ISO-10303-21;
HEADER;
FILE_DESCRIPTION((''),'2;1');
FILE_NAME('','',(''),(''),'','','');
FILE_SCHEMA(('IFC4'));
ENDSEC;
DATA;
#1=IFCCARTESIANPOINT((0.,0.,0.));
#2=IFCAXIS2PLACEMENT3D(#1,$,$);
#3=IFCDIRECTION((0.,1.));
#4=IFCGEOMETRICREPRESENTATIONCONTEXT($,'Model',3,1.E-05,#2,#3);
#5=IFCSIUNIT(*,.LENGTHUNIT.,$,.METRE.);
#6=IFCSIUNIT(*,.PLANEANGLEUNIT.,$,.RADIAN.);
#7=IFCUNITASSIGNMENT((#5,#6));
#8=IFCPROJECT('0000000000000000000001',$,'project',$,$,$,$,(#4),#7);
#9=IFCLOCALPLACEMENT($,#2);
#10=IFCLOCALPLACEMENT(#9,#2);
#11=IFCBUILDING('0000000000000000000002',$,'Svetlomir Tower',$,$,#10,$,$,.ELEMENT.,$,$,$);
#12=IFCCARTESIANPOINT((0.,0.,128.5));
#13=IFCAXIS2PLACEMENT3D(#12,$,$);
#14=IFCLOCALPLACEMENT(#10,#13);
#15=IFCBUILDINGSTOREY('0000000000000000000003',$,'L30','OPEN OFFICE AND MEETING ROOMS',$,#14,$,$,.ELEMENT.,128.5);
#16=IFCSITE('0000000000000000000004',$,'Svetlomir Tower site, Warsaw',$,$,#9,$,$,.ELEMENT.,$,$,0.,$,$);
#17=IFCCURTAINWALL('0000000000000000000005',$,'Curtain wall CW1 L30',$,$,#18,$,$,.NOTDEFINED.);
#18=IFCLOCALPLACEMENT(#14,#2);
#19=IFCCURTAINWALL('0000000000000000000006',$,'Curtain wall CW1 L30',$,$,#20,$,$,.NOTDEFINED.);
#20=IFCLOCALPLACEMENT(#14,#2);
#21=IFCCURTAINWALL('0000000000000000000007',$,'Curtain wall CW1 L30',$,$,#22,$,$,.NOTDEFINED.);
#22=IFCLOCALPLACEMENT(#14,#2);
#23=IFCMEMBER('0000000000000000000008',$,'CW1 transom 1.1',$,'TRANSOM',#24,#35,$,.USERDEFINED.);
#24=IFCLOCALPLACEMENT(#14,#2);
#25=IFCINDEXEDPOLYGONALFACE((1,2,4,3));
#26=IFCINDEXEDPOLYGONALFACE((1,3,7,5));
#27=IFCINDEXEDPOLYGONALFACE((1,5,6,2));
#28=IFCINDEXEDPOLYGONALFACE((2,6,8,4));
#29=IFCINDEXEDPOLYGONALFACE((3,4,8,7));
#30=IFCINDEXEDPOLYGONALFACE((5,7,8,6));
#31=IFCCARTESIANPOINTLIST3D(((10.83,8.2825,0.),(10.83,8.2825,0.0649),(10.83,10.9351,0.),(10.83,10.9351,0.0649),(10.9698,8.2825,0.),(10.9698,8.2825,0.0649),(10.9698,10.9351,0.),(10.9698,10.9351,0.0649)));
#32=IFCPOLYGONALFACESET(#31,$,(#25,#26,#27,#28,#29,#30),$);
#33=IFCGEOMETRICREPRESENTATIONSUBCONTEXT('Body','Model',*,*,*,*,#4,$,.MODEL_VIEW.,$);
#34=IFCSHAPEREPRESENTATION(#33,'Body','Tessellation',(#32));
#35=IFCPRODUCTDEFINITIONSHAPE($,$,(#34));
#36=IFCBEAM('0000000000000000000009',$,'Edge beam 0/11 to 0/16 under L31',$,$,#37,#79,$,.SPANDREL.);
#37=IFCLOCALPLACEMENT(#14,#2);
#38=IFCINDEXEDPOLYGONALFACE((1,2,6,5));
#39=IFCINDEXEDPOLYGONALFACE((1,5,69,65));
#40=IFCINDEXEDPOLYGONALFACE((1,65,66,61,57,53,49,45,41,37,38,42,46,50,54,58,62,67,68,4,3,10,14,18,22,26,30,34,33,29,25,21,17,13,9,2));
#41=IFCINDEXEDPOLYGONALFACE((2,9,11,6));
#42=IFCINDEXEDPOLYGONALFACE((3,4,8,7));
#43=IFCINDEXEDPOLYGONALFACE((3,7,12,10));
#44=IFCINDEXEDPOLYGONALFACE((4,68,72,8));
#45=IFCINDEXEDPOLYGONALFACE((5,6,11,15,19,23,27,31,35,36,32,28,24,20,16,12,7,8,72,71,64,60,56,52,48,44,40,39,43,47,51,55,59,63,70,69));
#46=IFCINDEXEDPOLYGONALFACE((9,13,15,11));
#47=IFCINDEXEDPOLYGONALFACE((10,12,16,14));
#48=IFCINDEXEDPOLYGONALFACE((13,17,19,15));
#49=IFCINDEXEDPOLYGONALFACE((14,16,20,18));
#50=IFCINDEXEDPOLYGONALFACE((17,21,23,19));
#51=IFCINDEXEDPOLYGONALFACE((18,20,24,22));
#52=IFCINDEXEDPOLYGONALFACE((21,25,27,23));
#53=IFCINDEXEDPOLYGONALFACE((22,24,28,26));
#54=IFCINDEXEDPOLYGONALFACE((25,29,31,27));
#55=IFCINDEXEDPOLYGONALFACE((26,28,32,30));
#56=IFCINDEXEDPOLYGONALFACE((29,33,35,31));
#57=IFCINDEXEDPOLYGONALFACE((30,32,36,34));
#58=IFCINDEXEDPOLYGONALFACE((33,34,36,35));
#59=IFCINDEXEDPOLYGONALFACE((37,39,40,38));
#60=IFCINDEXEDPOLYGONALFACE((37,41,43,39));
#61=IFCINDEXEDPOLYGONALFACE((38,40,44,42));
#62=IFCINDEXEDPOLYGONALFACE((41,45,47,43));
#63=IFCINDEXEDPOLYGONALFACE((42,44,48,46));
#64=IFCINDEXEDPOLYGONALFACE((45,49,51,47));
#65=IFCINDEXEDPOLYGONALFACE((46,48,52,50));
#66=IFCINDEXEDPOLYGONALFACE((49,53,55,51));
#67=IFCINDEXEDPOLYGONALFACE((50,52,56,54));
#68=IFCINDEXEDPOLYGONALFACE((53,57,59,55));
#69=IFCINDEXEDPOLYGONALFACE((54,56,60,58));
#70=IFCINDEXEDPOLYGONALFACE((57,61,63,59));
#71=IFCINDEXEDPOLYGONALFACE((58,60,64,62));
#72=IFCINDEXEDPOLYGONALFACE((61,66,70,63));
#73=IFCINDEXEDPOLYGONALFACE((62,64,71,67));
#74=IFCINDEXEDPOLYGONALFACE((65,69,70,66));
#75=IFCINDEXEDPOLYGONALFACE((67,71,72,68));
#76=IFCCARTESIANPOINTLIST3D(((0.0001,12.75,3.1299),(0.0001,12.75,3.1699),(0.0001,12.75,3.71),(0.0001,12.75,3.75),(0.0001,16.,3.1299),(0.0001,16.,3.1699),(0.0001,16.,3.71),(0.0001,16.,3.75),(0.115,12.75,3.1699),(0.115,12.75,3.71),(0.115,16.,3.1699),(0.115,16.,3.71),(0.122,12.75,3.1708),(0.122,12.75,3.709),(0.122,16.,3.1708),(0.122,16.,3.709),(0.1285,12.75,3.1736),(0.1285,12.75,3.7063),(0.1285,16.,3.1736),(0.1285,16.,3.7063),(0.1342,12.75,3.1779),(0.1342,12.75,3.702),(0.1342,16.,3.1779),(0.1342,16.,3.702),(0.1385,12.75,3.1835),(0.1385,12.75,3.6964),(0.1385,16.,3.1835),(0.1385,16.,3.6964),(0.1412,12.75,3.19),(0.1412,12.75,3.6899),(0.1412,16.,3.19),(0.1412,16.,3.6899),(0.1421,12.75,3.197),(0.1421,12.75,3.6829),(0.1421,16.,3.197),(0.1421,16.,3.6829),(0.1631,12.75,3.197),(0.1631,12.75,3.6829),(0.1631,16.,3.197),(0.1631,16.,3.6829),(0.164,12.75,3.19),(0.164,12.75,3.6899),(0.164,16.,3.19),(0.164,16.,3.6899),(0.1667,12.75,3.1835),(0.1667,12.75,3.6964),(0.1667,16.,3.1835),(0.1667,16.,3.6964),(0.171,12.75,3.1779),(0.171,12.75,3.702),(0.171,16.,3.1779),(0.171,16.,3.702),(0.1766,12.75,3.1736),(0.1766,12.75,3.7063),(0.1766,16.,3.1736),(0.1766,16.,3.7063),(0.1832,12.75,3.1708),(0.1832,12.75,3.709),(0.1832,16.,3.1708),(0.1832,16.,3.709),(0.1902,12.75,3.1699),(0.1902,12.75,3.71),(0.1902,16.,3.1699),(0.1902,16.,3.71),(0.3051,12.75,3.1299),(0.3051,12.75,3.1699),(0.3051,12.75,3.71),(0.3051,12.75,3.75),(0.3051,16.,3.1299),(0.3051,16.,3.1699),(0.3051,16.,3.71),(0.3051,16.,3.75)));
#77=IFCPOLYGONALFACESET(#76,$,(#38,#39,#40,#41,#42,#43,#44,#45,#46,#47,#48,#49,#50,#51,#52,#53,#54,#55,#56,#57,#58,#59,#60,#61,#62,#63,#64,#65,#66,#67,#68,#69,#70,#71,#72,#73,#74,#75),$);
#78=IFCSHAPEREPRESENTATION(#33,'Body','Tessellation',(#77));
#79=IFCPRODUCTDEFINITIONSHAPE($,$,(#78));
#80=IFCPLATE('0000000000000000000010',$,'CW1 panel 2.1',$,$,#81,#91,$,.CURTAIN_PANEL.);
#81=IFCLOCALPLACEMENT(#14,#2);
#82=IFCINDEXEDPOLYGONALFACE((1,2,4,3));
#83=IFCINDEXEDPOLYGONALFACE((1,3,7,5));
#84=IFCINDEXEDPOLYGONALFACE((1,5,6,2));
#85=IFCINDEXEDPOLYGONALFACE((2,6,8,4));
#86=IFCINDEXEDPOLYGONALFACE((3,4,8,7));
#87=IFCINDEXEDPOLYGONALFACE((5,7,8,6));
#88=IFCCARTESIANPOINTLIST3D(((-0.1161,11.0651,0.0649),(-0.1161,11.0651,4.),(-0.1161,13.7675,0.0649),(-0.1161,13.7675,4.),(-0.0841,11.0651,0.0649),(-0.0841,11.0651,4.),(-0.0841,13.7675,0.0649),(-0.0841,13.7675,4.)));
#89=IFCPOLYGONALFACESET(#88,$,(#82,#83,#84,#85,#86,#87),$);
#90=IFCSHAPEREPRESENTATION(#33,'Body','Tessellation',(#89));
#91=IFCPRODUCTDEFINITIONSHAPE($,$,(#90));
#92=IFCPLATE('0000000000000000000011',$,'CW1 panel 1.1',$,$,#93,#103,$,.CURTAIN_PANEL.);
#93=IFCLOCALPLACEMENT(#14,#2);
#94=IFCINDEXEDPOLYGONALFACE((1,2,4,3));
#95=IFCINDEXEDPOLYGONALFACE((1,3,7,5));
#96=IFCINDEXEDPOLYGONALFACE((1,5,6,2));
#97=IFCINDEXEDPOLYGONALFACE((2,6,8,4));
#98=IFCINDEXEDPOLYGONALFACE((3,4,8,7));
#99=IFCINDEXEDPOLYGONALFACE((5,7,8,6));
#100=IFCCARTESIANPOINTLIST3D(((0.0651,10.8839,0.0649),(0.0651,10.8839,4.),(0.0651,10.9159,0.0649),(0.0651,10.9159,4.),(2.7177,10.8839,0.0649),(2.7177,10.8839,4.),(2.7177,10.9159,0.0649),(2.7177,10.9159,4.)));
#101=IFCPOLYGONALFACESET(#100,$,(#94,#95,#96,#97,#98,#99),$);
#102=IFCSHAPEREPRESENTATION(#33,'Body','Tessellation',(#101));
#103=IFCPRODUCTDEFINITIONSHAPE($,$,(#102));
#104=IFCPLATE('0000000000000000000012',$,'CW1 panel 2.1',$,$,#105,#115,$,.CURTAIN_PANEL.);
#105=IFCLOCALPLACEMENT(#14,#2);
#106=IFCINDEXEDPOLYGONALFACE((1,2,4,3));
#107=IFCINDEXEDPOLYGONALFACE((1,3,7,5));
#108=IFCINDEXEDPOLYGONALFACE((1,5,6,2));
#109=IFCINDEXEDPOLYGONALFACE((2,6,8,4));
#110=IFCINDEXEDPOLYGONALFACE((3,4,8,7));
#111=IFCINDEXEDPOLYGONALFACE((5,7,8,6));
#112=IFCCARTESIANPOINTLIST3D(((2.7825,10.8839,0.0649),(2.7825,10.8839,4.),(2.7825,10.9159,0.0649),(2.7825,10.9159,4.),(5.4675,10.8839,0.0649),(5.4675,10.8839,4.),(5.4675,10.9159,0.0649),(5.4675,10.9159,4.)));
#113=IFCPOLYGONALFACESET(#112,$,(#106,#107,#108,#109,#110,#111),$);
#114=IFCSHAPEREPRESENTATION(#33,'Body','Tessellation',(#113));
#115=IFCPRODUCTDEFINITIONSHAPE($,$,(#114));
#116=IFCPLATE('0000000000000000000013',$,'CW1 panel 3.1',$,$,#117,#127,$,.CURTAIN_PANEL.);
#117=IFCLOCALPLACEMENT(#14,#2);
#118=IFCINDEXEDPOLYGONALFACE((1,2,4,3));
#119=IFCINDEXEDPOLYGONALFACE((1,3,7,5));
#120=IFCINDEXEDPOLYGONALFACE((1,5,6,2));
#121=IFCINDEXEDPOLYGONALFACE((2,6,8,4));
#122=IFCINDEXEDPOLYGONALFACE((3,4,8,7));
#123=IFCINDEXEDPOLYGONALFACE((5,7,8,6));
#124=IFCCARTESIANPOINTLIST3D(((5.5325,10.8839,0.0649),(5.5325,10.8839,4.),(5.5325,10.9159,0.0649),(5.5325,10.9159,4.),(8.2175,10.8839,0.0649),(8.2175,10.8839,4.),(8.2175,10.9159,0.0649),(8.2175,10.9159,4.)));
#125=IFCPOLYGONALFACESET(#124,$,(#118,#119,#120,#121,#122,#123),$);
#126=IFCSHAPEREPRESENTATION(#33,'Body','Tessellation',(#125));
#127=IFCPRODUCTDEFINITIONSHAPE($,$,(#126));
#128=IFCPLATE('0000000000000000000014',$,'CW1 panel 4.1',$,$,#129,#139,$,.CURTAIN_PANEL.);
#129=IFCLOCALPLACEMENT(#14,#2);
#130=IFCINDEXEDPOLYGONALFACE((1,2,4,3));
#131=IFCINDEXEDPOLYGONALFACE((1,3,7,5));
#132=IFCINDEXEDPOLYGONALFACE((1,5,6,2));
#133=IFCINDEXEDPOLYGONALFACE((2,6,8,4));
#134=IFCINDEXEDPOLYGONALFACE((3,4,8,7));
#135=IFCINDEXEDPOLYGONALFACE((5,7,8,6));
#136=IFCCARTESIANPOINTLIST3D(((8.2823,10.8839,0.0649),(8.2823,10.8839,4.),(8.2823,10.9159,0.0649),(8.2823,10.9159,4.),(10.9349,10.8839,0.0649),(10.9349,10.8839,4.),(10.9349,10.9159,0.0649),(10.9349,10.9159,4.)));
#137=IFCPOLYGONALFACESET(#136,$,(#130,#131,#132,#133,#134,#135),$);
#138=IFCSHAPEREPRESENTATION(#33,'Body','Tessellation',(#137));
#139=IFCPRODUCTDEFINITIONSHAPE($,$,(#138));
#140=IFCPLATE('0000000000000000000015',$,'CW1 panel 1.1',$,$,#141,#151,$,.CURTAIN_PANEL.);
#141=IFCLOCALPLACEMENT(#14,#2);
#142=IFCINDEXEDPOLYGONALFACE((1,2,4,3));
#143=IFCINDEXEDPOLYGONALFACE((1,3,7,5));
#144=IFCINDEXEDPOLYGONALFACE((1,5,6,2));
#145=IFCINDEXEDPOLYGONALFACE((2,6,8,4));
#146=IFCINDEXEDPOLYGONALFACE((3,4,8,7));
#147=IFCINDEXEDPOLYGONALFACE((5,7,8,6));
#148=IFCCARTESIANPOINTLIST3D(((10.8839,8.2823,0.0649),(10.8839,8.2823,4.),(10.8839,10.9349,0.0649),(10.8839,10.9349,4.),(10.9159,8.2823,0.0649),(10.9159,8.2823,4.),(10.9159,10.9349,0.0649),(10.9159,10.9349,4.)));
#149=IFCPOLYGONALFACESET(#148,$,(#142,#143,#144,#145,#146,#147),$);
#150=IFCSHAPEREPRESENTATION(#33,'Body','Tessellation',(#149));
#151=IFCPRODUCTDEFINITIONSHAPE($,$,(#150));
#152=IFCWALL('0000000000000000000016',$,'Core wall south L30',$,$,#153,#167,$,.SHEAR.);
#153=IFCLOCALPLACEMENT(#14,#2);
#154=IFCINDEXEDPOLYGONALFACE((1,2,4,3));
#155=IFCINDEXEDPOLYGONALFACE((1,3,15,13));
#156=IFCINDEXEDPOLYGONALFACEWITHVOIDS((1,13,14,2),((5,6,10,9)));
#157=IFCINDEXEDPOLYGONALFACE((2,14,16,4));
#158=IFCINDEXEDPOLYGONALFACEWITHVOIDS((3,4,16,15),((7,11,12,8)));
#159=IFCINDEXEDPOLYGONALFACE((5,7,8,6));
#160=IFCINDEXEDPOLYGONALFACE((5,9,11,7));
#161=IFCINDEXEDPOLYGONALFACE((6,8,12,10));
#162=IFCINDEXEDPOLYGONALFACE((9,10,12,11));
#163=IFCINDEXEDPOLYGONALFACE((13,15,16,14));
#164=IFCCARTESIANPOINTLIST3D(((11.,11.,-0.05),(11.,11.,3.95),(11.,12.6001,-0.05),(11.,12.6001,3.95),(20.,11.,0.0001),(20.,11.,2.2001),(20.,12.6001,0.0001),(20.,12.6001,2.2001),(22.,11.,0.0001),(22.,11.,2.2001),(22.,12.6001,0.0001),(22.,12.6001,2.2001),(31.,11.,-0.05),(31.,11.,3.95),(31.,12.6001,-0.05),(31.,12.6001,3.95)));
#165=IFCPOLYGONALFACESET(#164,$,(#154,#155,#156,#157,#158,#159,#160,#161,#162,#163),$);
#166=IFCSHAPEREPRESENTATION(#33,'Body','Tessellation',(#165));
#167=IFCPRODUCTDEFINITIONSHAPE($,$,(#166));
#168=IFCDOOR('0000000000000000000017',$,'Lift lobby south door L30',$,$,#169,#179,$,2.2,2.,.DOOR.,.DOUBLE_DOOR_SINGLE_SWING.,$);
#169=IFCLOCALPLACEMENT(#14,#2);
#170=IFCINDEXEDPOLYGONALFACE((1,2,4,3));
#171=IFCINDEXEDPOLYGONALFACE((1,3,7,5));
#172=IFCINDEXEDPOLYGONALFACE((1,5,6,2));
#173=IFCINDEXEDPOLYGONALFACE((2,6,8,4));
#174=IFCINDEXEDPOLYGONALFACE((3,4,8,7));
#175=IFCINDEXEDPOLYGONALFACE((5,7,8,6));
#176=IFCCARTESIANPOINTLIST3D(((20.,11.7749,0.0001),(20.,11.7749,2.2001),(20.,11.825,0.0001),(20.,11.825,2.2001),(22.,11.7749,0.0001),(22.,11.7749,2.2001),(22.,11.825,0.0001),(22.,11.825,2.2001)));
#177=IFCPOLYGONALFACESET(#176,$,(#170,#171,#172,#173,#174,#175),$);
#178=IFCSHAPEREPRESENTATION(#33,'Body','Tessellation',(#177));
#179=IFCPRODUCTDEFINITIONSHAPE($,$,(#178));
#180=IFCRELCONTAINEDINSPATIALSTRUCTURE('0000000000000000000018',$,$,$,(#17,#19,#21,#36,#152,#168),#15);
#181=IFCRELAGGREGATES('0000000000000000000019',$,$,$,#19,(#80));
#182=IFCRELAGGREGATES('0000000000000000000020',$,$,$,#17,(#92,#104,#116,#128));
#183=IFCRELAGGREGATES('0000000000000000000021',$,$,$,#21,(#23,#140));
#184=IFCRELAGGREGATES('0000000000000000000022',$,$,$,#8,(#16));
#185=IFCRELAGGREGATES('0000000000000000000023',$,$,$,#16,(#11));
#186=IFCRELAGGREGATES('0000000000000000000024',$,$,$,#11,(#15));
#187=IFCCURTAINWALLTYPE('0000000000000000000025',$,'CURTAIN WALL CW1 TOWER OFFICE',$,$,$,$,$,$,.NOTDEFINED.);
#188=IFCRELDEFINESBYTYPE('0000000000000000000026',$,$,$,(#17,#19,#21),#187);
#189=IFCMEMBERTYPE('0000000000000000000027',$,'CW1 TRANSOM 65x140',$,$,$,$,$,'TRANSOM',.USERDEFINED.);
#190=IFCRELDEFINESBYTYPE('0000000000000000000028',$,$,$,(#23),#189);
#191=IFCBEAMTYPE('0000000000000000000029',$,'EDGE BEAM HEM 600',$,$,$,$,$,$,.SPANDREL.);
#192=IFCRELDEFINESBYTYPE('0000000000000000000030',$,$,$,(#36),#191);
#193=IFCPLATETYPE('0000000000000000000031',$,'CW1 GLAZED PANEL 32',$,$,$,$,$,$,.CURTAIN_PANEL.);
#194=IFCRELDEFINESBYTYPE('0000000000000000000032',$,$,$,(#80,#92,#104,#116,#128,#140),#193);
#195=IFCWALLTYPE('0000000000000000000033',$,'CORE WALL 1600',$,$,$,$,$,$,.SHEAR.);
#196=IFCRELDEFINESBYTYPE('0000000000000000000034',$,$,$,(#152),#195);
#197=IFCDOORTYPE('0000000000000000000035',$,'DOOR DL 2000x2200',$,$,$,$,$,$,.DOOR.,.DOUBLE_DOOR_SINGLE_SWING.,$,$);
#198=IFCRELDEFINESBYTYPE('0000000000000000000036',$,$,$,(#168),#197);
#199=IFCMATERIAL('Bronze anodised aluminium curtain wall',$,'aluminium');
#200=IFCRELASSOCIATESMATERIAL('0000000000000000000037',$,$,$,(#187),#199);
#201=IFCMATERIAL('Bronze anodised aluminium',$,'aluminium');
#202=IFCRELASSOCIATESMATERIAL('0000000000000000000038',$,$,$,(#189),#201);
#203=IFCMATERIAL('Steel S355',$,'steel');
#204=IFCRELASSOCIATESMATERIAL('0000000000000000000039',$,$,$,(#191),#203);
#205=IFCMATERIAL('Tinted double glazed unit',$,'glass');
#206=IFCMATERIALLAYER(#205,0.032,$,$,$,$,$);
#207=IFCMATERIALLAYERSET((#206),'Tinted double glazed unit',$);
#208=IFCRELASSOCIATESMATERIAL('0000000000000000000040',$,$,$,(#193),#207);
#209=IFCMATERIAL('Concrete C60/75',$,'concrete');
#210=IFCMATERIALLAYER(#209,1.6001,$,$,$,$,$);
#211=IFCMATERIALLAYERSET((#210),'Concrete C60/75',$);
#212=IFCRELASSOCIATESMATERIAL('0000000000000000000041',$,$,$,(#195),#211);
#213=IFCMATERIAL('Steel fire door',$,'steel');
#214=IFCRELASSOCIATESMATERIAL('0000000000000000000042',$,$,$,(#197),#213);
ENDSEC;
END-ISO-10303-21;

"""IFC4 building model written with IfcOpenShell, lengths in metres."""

from ifc_helpers import new_model, si_unit, direction, frame, frame_2d, origin, origin_2d, place, context, subcontext, project, spatial, rectangle, i_section, extrude, material, layer, layer_set, material_profile, profile_set, type_object, element, fill, aggregate, save


model = new_model("IFC4")

# Units and contexts
model_context = context("Model", 3, precision=1e-05, world=origin(), true_north=direction((0.0, 1.0)))
body_context = subcontext(model_context, "Body", "Model", "MODEL_VIEW")
ifc_project = project(units=[si_unit("LENGTHUNIT", "METRE"), si_unit("PLANEANGLEUNIT", "RADIAN")], contexts=[model_context])

# Site, building, storey
site_placement = place(None, origin())
site = spatial("IfcSite", under=ifc_project, at=site_placement, Name="Svetlomir Tower site, Warsaw", CompositionType="ELEMENT", RefElevation=0.0)
building_placement = place(site_placement, origin())
building = spatial("IfcBuilding", under=site, at=building_placement, Name="Svetlomir Tower", CompositionType="ELEMENT")
storey_placement = place(building_placement, frame((0.0, 0.0, 128.5)))
storey = spatial("IfcBuildingStorey", under=building, at=storey_placement, Name="L30", Description="OPEN OFFICE AND MEETING ROOMS", CompositionType="ELEMENT", Elevation=128.5)

# Curtain walls
ifc_material_1 = material(Name="Bronze anodised aluminium curtain wall", Category="aluminium")
curtain_wall_type = type_object("IfcCurtainWallType", Name="CURTAIN WALL CW1 TOWER OFFICE", PredefinedType="NOTDEFINED", material=ifc_material_1)
curtain_wall_1_placement = place(storey_placement, origin())
curtain_wall_1 = element("IfcCurtainWall", 1, at=curtain_wall_1_placement, inside=storey, type_object=curtain_wall_type, Name="Curtain wall CW1 L30", PredefinedType="NOTDEFINED")
curtain_wall_2_placement = place(storey_placement, origin())
curtain_wall_2 = element("IfcCurtainWall", 2, at=curtain_wall_2_placement, inside=storey, type_object=curtain_wall_type, Name="Curtain wall CW1 L30", PredefinedType="NOTDEFINED")

# Curtain wall
curtain_wall_3_placement = place(storey_placement, origin())
curtain_wall_3 = element("IfcCurtainWall", 3, at=curtain_wall_3_placement, inside=storey, type_object=curtain_wall_type, Name="Curtain wall CW1 L30", PredefinedType="NOTDEFINED")

# Member
ifc_material_2 = material(Name="Bronze anodised aluminium", Category="aluminium")
ifc_material_profile_1 = material_profile(ifc_material_2, rectangle(XDim=0.1399, YDim=0.0649, at=origin_2d()), Name="AL 140x65")
ifc_profile_set_1 = profile_set([ifc_material_profile_1], Name="Bronze anodised aluminium 6063-T6")
member_type_1 = type_object("IfcMemberType", Name="CW1 TRANSOM 65x140", ElementType="TRANSOM", PredefinedType="USERDEFINED", material=ifc_profile_set_1)
member_1_placement = place(storey_placement, frame((10.8999, 10.9351, 0.0325), z_axis=(0.0, -1.0, 0.0), x_axis=(1.0, 0.0, 0.0)))
member_1 = element("IfcMember", 4, at=member_1_placement, type_object=member_type_1, Name="CW1 transom 1.1", ObjectType="TRANSOM", PredefinedType="USERDEFINED", context=body_context, shape_type="SweptSolid", body=[
    extrude(rectangle(XDim=0.1399, YDim=0.0649, at=origin_2d()), origin(), (0.0, 0.0, 1.0), 2.6526),
])

# Beam
ifc_material_3 = material(Name="Steel S355", Category="steel")
ifc_material_profile_2 = material_profile(ifc_material_3, i_section(OverallWidth=0.3049, OverallDepth=0.6201, WebThickness=0.021, FlangeThickness=0.04, FilletRadius=0.0271, at=origin_2d()), Name="HEM 600")
ifc_profile_set_2 = profile_set([ifc_material_profile_2], Name="Steel S355")
beam_type = type_object("IfcBeamType", Name="EDGE BEAM HEM 600", PredefinedType="SPANDREL", material=ifc_profile_set_2)
beam_placement = place(storey_placement, frame((0.1526, 12.75, 3.4399), z_axis=(0.0, 1.0, 0.0), x_axis=(-1.0, 0.0, 0.0)))
element("IfcBeam", 5, at=beam_placement, inside=storey, type_object=beam_type, Name="Edge beam 0/11 to 0/16 under L31", PredefinedType="SPANDREL", context=body_context, shape_type="SweptSolid", body=[
    extrude(i_section(OverallWidth=0.3049, OverallDepth=0.6201, WebThickness=0.021, FlangeThickness=0.04, FilletRadius=0.0271, at=origin_2d()), origin(), (0.0, 0.0, 1.0), 3.25),
])

# Plates
ifc_material_4 = material(Name="Tinted double glazed unit", Category="glass")
ifc_layer_1 = layer(ifc_material_4, 0.032)
ifc_layer_set_1 = layer_set([ifc_layer_1], Name="Tinted double glazed unit")
plate_type = type_object("IfcPlateType", Name="CW1 GLAZED PANEL 32", PredefinedType="CURTAIN_PANEL", material=ifc_layer_set_1)
plate_1_placement = place(storey_placement, frame((-0.1001, 12.4163, 0.0649), z_axis=(0.0, 0.0, 1.0), x_axis=(0.0, -1.0, 0.0)))
plate_1 = element("IfcPlate", 6, at=plate_1_placement, type_object=plate_type, Name="CW1 panel 2.1", PredefinedType="CURTAIN_PANEL", context=body_context, shape_type="SweptSolid", body=[
    extrude(rectangle(XDim=2.7024, YDim=0.032, at=origin_2d()), origin(), (0.0, 0.0, 1.0), 3.9351),
])
aggregate(curtain_wall_2, [plate_1])
plate_2_placement = place(storey_placement, frame((1.3914, 10.8999, 0.0649), z_axis=(0.0, 0.0, 1.0), x_axis=(1.0, 0.0, 0.0)))
plate_2 = element("IfcPlate", 7, at=plate_2_placement, type_object=plate_type, Name="CW1 panel 1.1", PredefinedType="CURTAIN_PANEL", context=body_context, shape_type="SweptSolid", body=[
    extrude(rectangle(XDim=2.6526, YDim=0.032, at=origin_2d()), origin(), (0.0, 0.0, 1.0), 3.9351),
])
plate_3_placement = place(storey_placement, frame((4.125, 10.8999, 0.0649), z_axis=(0.0, 0.0, 1.0), x_axis=(1.0, 0.0, 0.0)))
plate_3 = element("IfcPlate", 8, at=plate_3_placement, type_object=plate_type, Name="CW1 panel 2.1", PredefinedType="CURTAIN_PANEL", context=body_context, shape_type="SweptSolid", body=[
    extrude(rectangle(XDim=2.6851, YDim=0.032, at=origin_2d()), origin(), (0.0, 0.0, 1.0), 3.9351),
])
plate_4_placement = place(storey_placement, frame((6.875, 10.8999, 0.0649), z_axis=(0.0, 0.0, 1.0), x_axis=(1.0, 0.0, 0.0)))
plate_4 = element("IfcPlate", 9, at=plate_4_placement, type_object=plate_type, Name="CW1 panel 3.1", PredefinedType="CURTAIN_PANEL", context=body_context, shape_type="SweptSolid", body=[
    extrude(rectangle(XDim=2.6851, YDim=0.032, at=origin_2d()), origin(), (0.0, 0.0, 1.0), 3.9351),
])
plate_5_placement = place(storey_placement, frame((9.6086, 10.8999, 0.0649), z_axis=(0.0, 0.0, 1.0), x_axis=(1.0, 0.0, 0.0)))
plate_5 = element("IfcPlate", 10, at=plate_5_placement, type_object=plate_type, Name="CW1 panel 4.1", PredefinedType="CURTAIN_PANEL", context=body_context, shape_type="SweptSolid", body=[
    extrude(rectangle(XDim=2.6526, YDim=0.032, at=origin_2d()), origin(), (0.0, 0.0, 1.0), 3.9351),
])
aggregate(curtain_wall_1, [plate_2, plate_3, plate_4, plate_5])
plate_6_placement = place(storey_placement, frame((10.8999, 9.6086, 0.0649), z_axis=(0.0, 0.0, 1.0), x_axis=(0.0, -1.0, 0.0)))
plate_6 = element("IfcPlate", 11, at=plate_6_placement, type_object=plate_type, Name="CW1 panel 1.1", PredefinedType="CURTAIN_PANEL", context=body_context, shape_type="SweptSolid", body=[
    extrude(rectangle(XDim=2.6526, YDim=0.032, at=origin_2d()), origin(), (0.0, 0.0, 1.0), 3.9351),
])
aggregate(curtain_wall_3, [member_1, plate_6])

# Wall, opening, door
ifc_material_5 = material(Name="Concrete C60/75", Category="concrete")
ifc_layer_2 = layer(ifc_material_5, 1.6001)
ifc_layer_set_2 = layer_set([ifc_layer_2], Name="Concrete C60/75")
wall_type_1 = type_object("IfcWallType", Name="CORE WALL 1600", PredefinedType="SHEAR", material=ifc_layer_set_2)
wall_1_placement = place(storey_placement, frame((11.0, 11.8, -0.05), z_axis=(0.0, 0.0, 1.0), x_axis=(1.0, 0.0, 0.0)))
wall_1 = element("IfcWall", 12, at=wall_1_placement, inside=storey, type_object=wall_type_1, Name="Core wall south L30", PredefinedType="SHEAR", context=body_context, shape_type="SweptSolid", body=[
    extrude(rectangle(XDim=20.0, YDim=1.6001, at=frame_2d((10.0, 0.0))), origin(), (0.0, 0.0, 1.0), 4.0),
])
opening_1_placement = place(wall_1_placement, frame((9.0, 0.0, 0.05)))
opening_1 = element("IfcOpeningElement", 13, at=opening_1_placement, cuts=wall_1, PredefinedType="OPENING", context=body_context, shape_type="SweptSolid", body=[
    extrude(rectangle(XDim=2.0, YDim=2.2, at=frame_2d((1.0, 1.1001))), frame((0.0, 0.8101, 0.0), z_axis=(0.0, -1.0, 0.0), x_axis=(1.0, 0.0, 0.0)), (0.0, 0.0, 1.0), 1.6201),
])
ifc_material_6 = material(Name="Steel fire door", Category="steel")
door_type_1 = type_object("IfcDoorType", Name="DOOR DL 2000x2200", OperationType="DOUBLE_DOOR_SINGLE_SWING", PredefinedType="DOOR", material=ifc_material_6)
door_1_placement = place(opening_1_placement, origin())
door_1 = element("IfcDoor", 14, at=door_1_placement, inside=storey, type_object=door_type_1, Name="Lift lobby south door L30", OperationType="DOUBLE_DOOR_SINGLE_SWING", OverallHeight=2.2, OverallWidth=2.0, PredefinedType="DOOR", context=body_context, shape_type="SweptSolid", body=[
    extrude(rectangle(XDim=2.0, YDim=2.2, at=frame_2d((1.0, 1.1001))), frame((0.0, 0.0249, 0.0), z_axis=(0.0, -1.0, 0.0), x_axis=(1.0, 0.0, 0.0)), (0.0, 0.0, 1.0), 0.05),
])
fill(opening_1, door_1)

save(model, "model.ifc")
